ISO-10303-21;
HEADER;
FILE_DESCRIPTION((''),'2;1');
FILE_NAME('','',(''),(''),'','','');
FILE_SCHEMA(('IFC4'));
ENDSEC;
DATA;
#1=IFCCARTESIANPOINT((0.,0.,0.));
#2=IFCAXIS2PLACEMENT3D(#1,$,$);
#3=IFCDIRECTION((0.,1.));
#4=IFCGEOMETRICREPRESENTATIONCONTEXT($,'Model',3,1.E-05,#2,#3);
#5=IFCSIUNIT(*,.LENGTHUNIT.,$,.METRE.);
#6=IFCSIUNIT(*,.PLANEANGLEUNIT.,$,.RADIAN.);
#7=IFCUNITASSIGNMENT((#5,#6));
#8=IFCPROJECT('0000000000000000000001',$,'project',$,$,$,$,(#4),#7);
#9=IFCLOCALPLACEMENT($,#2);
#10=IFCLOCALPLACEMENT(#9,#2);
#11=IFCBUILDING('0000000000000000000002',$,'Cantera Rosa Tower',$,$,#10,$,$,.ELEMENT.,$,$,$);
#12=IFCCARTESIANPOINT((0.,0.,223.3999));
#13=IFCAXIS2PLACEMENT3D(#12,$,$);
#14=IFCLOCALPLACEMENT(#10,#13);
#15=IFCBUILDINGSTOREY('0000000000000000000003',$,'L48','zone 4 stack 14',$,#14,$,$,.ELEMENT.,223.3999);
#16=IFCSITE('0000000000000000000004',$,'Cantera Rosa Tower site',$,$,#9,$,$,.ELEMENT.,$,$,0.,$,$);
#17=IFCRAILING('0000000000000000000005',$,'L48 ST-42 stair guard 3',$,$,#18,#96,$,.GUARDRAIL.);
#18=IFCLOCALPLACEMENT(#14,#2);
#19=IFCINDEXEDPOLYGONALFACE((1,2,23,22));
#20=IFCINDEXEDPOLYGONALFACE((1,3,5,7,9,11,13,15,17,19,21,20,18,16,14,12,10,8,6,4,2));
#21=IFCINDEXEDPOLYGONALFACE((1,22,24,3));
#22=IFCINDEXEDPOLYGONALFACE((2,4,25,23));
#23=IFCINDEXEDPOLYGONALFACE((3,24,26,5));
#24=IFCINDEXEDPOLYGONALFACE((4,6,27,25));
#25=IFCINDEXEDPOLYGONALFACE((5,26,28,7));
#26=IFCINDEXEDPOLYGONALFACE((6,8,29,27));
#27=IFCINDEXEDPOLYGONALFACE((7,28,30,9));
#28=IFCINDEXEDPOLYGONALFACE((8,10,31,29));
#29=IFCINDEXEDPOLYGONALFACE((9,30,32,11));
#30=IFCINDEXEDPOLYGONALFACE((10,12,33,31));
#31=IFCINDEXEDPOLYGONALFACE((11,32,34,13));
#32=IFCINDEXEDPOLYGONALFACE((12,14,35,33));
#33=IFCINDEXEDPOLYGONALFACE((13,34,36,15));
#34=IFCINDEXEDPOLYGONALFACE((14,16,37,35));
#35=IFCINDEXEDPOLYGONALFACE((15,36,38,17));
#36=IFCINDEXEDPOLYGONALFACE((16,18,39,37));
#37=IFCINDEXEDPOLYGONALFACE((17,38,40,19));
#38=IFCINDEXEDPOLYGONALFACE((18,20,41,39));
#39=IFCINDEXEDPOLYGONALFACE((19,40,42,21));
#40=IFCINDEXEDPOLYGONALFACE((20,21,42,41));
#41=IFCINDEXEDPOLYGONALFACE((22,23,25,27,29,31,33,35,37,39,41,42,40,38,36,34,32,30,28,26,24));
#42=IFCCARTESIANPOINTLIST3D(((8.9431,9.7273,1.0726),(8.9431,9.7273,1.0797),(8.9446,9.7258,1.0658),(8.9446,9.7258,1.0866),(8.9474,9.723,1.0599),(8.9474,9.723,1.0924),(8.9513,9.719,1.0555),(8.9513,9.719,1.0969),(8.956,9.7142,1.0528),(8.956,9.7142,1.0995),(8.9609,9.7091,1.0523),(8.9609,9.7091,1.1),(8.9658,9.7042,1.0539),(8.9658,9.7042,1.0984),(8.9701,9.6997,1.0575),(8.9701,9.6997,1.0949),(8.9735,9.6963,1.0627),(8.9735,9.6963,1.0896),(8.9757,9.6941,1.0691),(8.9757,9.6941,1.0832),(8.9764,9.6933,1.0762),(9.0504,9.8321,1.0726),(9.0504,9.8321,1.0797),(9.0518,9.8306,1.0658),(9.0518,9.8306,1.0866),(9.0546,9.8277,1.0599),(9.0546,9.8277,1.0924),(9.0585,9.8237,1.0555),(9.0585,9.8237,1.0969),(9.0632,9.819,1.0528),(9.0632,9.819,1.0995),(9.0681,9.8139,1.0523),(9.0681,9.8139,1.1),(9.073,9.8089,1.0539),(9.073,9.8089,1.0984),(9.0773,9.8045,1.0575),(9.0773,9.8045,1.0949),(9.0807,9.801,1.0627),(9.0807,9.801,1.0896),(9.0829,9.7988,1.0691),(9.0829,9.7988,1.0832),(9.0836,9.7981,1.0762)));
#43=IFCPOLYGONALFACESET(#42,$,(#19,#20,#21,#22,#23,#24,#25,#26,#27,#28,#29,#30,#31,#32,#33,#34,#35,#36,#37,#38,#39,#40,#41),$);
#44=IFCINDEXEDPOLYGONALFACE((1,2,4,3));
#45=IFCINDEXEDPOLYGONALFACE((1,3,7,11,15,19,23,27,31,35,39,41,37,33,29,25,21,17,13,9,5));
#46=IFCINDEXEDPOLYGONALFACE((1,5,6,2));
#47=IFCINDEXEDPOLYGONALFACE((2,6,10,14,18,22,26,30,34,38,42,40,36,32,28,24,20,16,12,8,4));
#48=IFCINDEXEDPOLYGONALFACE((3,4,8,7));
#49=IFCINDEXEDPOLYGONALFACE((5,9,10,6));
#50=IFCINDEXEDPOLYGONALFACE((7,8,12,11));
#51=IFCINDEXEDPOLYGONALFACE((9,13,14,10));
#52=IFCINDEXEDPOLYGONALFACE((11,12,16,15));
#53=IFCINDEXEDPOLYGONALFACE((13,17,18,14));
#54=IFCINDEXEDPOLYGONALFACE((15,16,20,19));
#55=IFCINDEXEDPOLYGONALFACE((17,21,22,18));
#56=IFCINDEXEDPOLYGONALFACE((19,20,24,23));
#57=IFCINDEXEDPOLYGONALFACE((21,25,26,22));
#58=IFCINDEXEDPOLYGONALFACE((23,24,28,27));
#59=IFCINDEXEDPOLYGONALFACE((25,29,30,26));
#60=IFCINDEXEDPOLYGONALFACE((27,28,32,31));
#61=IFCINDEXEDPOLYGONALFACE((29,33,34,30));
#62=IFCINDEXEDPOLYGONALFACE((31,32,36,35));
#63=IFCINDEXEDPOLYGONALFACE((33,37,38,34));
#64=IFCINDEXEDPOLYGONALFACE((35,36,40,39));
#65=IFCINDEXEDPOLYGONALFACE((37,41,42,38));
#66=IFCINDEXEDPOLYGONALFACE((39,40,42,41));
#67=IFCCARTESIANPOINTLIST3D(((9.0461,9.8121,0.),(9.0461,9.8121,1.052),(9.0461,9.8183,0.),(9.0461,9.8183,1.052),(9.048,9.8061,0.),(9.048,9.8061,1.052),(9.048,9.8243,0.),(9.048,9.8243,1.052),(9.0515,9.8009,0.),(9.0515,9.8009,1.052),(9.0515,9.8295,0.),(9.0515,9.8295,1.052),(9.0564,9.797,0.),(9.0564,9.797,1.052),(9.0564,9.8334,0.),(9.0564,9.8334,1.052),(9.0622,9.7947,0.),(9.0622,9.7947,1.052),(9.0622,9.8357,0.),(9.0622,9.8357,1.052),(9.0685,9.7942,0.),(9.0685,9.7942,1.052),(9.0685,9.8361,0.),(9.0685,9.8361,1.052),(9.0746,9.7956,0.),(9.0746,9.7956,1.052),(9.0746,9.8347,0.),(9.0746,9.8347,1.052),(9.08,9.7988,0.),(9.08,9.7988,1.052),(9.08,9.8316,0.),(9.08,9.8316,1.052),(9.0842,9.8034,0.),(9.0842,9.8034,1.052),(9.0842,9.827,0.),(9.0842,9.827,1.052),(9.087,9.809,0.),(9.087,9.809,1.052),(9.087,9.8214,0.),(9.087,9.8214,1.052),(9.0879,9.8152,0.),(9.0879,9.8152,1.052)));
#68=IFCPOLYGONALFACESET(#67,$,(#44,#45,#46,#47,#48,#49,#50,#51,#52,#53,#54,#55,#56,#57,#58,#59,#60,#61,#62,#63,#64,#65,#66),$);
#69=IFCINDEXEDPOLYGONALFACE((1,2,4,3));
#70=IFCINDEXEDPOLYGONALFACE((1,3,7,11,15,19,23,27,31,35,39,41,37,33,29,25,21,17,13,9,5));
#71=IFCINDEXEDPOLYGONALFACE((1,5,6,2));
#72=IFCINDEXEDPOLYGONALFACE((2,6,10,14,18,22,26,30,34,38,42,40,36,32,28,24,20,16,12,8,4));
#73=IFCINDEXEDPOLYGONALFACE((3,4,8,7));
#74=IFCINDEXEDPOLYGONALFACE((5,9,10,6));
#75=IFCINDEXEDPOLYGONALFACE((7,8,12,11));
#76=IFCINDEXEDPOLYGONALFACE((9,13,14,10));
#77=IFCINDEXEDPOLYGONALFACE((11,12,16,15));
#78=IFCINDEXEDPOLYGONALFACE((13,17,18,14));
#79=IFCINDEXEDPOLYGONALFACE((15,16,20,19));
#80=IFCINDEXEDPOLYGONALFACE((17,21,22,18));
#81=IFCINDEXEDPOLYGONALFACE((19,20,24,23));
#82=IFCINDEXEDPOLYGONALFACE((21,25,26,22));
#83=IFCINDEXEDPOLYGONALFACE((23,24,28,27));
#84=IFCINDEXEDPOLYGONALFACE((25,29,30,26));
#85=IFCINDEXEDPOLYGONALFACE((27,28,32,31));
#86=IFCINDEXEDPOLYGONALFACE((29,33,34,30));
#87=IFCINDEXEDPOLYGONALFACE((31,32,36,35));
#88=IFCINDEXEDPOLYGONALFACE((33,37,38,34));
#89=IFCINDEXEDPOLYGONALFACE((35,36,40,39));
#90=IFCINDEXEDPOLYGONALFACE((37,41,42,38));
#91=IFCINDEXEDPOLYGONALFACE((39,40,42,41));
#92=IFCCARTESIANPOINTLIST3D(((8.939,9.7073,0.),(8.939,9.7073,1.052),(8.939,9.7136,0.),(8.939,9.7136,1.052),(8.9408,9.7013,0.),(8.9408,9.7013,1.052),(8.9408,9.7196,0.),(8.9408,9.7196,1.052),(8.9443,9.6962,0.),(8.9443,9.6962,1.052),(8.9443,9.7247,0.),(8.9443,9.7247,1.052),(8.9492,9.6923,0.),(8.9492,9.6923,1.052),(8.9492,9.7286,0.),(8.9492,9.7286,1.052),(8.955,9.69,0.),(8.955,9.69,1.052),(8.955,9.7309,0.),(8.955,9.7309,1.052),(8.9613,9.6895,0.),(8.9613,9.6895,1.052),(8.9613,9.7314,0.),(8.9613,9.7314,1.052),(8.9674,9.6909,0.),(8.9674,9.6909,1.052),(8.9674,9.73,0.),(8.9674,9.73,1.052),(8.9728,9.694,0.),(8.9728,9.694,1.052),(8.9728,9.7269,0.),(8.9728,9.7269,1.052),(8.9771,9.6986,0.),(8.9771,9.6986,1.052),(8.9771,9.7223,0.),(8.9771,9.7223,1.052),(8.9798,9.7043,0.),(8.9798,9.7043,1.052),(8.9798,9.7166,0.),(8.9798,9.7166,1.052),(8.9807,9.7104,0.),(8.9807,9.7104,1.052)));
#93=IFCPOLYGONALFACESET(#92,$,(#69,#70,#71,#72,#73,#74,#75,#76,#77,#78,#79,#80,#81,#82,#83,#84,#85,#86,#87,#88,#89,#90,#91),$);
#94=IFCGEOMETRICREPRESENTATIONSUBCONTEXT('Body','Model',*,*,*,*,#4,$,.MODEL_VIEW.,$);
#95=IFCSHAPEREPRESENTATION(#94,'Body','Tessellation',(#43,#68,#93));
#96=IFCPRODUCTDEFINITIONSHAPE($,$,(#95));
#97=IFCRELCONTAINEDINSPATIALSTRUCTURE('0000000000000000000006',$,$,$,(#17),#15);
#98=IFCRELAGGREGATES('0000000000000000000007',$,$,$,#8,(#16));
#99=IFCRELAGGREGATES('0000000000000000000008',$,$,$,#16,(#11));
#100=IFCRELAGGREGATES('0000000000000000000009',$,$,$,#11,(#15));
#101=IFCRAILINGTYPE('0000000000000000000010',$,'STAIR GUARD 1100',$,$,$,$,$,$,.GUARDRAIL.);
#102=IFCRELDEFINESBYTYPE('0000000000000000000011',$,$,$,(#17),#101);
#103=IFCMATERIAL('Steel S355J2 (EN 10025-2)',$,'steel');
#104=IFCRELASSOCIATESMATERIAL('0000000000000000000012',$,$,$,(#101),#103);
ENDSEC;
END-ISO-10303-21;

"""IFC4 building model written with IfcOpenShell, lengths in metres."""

from ifc_helpers import new_model, si_unit, direction, frame, origin, origin_2d, place, context, subcontext, project, spatial, circle, extrude, material, type_object, element, save


model = new_model("IFC4")

# Units and contexts
model_context = context("Model", 3, precision=1e-05, world=origin(), true_north=direction((0.0, 1.0)))
body_context = subcontext(model_context, "Body", "Model", "MODEL_VIEW")
ifc_project = project(units=[si_unit("LENGTHUNIT", "METRE"), si_unit("PLANEANGLEUNIT", "RADIAN")], contexts=[model_context])

# Site, building, storey
site_placement = place(None, origin())
site = spatial("IfcSite", under=ifc_project, at=site_placement, Name="Cantera Rosa Tower site", CompositionType="ELEMENT", RefElevation=0.0)
building_placement = place(site_placement, origin())
building = spatial("IfcBuilding", under=site, at=building_placement, Name="Cantera Rosa Tower", CompositionType="ELEMENT")
storey_placement = place(building_placement, frame((0.0, 0.0, 223.3999)))
storey = spatial("IfcBuildingStorey", under=building, at=storey_placement, Name="L48", Description="zone 4 stack 14", CompositionType="ELEMENT", Elevation=223.3999)

# Railing
ifc_material_1 = material(Name="Steel S355J2 (EN 10025-2)", Category="steel")
railing_type_1 = type_object("IfcRailingType", Name="STAIR GUARD 1100", PredefinedType="GUARDRAIL", material=ifc_material_1)
railing_1_placement = place(storey_placement, frame((9.0669, 9.8152, 0.0)))
element("IfcRailing", 1, at=railing_1_placement, inside=storey, type_object=railing_type_1, Name="L48 ST-42 stair guard 3", PredefinedType="GUARDRAIL", context=body_context, shape_type="SweptSolid", body=[
    extrude(circle(Radius=0.0239, at=origin_2d()), frame((0.0, 0.0, 1.0762), z_axis=(-0.715206, -0.698914, 0.0), x_axis=(0.698914, -0.715206, 0.0)), (0.0, 0.0, 1.0), 0.1499),
    extrude(circle(Radius=0.021, at=origin_2d()), origin(), (0.0, 0.0, 1.0), 1.052),
    extrude(circle(Radius=0.021, at=origin_2d()), frame((-0.1072, -0.1047, 0.0)), (0.0, 0.0, 1.0), 1.052),
])

save(model, "model.ifc")
